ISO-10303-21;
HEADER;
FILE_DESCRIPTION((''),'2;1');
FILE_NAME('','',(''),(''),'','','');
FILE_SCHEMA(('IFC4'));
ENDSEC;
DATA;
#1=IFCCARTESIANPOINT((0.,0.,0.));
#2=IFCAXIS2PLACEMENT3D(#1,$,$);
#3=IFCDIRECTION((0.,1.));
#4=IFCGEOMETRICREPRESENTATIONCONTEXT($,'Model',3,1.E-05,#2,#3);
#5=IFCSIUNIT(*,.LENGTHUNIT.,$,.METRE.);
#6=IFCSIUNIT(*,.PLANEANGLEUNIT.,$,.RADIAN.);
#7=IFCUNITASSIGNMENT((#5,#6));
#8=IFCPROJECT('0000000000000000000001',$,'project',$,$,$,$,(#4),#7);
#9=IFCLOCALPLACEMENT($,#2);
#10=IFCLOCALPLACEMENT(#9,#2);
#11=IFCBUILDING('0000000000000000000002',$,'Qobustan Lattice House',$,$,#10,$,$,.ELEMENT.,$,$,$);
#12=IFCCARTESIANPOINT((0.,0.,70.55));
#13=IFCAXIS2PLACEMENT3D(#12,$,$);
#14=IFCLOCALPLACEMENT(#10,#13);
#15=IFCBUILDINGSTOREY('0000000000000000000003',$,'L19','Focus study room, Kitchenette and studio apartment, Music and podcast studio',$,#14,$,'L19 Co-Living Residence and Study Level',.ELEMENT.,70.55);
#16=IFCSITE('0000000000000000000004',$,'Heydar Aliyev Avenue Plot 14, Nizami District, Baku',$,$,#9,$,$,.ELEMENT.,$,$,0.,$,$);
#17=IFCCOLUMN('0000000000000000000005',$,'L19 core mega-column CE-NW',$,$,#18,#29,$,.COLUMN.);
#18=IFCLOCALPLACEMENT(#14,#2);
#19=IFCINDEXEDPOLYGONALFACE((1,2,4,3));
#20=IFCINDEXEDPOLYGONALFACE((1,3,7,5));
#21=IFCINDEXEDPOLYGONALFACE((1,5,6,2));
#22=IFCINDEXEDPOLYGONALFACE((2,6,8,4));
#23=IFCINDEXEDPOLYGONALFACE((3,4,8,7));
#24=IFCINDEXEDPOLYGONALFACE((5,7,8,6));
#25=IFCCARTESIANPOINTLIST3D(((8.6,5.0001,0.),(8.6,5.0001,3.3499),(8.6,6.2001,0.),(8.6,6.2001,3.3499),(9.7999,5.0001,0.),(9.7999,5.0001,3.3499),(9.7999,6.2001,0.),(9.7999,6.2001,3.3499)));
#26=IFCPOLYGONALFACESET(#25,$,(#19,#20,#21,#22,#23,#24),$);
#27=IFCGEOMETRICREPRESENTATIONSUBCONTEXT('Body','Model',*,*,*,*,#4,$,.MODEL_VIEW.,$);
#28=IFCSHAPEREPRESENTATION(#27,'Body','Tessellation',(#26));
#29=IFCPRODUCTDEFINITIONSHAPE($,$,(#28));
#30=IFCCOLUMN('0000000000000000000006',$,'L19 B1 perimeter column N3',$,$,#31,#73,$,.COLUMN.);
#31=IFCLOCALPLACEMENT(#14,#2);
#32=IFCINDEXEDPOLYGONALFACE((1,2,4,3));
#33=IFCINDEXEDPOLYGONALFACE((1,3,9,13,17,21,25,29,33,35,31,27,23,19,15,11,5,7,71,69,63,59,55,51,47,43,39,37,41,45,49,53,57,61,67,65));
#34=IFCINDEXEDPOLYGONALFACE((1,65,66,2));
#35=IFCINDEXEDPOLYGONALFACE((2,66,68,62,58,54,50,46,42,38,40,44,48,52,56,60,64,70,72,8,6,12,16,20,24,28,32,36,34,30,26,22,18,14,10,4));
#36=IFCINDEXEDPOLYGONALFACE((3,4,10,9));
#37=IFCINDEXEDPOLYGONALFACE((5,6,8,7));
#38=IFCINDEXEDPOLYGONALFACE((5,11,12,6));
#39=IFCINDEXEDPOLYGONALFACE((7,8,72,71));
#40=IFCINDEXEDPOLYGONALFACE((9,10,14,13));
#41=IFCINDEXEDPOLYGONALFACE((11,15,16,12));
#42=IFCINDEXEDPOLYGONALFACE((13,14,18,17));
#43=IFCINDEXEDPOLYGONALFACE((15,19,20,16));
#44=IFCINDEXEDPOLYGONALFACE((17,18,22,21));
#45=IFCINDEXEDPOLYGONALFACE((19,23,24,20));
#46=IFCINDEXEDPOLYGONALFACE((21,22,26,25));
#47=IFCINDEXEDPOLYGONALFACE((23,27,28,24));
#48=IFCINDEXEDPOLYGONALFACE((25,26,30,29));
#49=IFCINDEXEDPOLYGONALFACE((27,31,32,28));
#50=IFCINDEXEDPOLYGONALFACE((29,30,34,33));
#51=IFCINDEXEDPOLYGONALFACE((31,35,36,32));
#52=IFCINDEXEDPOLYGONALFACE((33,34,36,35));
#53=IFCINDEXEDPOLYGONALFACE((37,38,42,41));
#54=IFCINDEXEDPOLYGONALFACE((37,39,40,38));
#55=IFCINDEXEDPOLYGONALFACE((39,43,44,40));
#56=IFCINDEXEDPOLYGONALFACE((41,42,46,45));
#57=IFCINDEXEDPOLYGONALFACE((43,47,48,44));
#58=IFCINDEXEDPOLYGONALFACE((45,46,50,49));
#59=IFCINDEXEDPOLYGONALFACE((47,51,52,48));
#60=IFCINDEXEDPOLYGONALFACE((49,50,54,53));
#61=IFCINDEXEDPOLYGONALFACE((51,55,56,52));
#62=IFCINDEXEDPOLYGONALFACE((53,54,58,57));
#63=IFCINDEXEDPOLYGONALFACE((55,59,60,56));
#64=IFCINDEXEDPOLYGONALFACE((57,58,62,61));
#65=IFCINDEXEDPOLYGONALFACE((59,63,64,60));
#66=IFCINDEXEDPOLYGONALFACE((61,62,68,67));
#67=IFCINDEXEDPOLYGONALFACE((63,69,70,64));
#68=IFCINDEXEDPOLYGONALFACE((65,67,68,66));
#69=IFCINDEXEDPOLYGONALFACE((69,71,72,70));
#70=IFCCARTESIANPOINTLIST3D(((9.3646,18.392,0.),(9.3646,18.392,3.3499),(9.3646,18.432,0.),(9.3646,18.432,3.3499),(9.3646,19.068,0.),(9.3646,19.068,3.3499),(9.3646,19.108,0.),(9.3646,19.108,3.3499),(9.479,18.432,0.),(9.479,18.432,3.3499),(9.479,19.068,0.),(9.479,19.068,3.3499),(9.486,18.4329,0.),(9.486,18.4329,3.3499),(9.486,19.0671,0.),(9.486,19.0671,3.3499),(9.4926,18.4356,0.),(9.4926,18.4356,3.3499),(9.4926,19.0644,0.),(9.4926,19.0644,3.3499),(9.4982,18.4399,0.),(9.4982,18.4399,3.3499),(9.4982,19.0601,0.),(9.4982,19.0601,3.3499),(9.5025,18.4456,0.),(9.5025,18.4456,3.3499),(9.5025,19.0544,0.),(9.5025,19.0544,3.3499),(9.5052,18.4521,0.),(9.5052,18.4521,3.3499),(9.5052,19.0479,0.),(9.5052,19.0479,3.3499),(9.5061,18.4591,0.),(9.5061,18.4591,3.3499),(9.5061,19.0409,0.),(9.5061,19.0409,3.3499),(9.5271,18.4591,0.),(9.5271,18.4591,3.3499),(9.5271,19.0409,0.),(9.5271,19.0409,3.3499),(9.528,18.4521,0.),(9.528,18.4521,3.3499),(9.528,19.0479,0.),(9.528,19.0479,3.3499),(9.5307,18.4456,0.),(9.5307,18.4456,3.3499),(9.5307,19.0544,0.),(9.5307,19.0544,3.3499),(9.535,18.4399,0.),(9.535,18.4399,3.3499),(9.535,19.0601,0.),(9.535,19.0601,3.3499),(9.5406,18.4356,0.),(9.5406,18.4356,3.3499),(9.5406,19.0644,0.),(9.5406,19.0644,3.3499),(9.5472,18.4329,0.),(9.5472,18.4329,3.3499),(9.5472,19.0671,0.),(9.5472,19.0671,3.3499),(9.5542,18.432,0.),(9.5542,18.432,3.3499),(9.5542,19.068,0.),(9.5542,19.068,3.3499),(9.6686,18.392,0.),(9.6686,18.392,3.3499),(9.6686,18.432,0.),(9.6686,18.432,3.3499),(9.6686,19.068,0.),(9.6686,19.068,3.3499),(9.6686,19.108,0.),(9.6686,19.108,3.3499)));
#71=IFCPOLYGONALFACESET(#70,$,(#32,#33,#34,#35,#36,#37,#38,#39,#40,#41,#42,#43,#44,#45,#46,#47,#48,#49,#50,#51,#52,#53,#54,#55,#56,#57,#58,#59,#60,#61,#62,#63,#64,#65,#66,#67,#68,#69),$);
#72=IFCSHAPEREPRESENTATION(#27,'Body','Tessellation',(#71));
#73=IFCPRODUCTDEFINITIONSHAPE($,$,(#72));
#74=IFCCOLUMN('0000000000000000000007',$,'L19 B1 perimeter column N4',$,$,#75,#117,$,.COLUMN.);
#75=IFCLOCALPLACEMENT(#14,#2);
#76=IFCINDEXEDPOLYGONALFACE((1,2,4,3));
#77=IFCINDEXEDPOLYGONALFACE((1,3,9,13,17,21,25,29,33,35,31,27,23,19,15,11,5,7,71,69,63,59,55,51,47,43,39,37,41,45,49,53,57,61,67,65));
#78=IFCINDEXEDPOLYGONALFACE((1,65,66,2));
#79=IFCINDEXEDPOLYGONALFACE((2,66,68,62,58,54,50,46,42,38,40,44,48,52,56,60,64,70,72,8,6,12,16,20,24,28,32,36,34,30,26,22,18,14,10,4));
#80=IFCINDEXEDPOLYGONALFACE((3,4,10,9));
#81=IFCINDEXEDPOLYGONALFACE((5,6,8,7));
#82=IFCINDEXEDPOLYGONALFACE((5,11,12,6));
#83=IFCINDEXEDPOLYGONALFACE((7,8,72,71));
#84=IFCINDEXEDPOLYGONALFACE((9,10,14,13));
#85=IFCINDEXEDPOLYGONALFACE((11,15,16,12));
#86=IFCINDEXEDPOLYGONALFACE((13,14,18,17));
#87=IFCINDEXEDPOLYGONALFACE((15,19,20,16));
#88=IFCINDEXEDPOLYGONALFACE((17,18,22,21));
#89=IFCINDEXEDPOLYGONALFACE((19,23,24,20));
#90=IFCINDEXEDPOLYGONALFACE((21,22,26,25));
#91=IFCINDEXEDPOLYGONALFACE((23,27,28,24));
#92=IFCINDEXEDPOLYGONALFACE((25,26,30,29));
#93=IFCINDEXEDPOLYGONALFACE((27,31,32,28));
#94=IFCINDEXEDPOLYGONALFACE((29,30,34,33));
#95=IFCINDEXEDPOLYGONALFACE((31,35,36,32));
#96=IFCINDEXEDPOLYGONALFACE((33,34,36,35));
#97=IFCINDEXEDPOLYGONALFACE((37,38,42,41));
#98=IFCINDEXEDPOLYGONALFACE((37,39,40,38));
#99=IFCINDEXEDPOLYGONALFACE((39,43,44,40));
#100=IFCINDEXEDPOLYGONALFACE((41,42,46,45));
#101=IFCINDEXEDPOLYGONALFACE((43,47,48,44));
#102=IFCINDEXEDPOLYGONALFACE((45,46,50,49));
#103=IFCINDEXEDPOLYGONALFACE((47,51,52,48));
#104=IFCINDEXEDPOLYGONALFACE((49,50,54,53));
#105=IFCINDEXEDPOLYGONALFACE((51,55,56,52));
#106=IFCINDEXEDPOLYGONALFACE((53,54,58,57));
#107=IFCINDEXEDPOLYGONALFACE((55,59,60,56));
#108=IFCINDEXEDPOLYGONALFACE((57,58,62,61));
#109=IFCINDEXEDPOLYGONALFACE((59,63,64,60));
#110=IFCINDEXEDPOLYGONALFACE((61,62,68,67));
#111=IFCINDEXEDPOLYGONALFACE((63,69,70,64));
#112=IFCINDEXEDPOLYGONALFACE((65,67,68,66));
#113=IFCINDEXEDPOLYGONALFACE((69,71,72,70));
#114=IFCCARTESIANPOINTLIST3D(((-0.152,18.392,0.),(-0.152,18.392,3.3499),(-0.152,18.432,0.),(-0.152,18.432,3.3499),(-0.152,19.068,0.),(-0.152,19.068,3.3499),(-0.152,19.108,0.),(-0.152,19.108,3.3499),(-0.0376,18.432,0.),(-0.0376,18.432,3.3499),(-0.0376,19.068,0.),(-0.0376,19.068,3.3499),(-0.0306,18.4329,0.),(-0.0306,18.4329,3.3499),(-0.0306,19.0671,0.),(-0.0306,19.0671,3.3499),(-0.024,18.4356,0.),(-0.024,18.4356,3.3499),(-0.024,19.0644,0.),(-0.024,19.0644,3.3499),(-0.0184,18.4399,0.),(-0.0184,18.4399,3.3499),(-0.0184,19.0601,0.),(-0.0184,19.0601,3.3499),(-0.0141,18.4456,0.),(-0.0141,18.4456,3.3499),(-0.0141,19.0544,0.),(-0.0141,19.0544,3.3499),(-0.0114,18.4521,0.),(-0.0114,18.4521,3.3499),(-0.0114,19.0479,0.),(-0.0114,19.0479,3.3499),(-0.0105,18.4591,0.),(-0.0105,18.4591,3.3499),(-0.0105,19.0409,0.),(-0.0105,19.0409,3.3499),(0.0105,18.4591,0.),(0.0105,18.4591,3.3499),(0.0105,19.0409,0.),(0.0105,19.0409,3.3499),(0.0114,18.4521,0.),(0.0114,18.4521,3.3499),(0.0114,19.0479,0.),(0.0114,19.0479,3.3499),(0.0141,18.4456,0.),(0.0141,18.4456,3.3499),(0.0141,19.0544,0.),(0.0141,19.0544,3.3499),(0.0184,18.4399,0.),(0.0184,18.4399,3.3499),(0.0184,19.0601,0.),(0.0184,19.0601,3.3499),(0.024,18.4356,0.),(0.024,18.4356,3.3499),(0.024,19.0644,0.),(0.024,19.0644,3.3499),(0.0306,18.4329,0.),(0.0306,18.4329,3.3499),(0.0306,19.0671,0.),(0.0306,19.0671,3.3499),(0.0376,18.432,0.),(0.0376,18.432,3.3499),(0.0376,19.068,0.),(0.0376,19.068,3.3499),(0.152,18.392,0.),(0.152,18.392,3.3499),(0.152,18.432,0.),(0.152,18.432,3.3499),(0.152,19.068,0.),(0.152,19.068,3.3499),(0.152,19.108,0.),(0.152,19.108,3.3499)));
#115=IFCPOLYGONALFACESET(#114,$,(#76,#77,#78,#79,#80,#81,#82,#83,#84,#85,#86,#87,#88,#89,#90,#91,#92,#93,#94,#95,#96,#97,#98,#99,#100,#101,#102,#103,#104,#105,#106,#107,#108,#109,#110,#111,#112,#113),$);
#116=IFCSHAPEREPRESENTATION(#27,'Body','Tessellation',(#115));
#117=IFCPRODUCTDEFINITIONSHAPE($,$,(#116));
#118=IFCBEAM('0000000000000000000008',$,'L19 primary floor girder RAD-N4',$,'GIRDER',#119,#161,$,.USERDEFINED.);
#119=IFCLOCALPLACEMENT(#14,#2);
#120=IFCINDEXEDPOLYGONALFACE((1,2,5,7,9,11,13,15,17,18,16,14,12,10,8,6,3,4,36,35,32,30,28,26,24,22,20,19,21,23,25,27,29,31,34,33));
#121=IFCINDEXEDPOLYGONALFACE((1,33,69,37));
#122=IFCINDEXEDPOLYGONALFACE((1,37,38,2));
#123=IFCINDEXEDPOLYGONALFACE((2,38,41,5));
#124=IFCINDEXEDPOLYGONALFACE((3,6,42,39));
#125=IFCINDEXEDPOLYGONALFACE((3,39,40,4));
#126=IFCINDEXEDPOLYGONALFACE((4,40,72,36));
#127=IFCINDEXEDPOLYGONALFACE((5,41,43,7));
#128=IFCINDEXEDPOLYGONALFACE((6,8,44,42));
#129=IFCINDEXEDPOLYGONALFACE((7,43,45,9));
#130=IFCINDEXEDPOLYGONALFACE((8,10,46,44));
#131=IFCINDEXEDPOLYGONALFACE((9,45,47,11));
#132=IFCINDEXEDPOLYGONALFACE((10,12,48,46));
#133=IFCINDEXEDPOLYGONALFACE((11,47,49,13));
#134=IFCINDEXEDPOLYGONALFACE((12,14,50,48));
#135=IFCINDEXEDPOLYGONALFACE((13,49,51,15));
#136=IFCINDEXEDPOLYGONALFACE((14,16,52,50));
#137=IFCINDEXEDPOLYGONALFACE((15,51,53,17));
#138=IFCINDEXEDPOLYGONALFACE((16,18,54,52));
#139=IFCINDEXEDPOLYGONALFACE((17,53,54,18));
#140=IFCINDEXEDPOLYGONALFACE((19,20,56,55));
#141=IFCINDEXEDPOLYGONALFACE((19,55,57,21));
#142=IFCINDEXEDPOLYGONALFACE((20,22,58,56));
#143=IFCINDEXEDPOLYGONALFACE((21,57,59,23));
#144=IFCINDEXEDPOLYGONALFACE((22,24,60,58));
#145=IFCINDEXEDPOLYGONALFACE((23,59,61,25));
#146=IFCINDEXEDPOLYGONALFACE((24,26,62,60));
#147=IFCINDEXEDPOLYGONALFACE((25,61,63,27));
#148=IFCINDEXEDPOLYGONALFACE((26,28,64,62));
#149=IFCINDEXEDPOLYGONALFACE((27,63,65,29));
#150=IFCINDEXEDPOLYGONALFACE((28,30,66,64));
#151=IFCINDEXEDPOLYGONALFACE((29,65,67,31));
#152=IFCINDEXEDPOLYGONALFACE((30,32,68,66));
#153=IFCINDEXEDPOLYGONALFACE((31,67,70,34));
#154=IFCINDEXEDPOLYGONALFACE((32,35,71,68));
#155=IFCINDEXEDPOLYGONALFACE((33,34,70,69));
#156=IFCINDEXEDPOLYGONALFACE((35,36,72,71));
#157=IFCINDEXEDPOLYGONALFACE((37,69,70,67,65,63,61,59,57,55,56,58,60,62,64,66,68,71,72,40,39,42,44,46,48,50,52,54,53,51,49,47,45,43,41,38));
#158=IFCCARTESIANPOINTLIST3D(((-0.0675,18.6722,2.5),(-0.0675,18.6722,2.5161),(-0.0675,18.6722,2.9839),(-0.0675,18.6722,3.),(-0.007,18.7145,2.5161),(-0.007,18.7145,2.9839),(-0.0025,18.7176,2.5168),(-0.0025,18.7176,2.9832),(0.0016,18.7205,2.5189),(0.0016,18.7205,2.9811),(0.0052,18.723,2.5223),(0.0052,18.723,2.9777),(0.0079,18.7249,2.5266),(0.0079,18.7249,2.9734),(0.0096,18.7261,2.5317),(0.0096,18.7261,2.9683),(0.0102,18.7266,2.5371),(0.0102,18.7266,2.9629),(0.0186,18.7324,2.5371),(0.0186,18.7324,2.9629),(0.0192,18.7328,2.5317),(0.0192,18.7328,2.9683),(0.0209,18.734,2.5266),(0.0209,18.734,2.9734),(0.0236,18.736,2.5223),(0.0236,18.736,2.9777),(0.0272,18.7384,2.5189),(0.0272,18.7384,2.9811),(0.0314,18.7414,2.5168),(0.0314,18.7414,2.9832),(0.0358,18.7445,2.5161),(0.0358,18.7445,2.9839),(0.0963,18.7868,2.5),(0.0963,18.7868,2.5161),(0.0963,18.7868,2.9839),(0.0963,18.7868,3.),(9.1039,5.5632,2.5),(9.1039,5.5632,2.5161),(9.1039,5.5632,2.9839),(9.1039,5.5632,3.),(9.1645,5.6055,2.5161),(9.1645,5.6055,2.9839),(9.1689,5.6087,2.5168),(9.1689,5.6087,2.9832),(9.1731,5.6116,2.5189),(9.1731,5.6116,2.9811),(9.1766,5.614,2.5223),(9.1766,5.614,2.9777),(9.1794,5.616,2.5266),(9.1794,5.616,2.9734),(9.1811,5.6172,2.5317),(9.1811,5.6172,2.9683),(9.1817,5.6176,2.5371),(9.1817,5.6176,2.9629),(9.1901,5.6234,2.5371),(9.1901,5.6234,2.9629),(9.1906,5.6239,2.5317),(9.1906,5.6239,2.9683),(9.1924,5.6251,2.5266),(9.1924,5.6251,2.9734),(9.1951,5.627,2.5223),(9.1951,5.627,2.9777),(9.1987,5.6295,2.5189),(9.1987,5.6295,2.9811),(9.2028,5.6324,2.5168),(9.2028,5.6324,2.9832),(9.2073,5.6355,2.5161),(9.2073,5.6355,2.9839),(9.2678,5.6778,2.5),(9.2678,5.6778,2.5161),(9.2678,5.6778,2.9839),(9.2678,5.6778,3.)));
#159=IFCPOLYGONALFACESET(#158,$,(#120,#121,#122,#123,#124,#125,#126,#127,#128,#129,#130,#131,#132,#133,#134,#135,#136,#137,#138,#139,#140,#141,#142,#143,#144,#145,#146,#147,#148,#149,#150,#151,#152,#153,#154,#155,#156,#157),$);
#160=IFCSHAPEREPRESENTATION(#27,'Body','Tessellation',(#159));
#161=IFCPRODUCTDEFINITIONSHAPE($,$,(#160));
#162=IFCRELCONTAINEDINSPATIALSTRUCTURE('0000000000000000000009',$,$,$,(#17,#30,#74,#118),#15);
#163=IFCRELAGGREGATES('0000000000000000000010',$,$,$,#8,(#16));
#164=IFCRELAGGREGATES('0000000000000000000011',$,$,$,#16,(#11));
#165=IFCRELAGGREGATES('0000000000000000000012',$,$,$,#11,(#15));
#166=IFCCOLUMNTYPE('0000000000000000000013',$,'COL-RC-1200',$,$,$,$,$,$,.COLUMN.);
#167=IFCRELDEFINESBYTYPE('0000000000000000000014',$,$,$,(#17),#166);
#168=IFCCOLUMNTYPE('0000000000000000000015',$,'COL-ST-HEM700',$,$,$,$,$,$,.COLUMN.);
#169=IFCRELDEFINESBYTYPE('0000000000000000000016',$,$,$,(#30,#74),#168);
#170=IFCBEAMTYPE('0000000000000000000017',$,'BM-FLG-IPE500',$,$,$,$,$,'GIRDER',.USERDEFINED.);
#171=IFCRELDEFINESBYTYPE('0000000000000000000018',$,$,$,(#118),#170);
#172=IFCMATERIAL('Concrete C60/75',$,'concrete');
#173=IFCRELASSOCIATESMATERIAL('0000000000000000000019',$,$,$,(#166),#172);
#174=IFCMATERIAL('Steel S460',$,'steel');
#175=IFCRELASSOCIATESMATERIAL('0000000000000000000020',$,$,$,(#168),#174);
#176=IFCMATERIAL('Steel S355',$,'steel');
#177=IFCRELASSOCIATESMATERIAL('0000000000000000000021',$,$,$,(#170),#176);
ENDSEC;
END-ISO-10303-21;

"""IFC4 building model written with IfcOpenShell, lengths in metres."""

from ifc_helpers import new_model, si_unit, direction, frame, origin, origin_2d, place, context, subcontext, project, spatial, rectangle, i_section, extrude, material, material_profile, profile_set, type_object, element, save


model = new_model("IFC4")

# Units and contexts
model_context = context("Model", 3, precision=1e-05, world=origin(), true_north=direction((0.0, 1.0)))
body_context = subcontext(model_context, "Body", "Model", "MODEL_VIEW")
ifc_project = project(units=[si_unit("LENGTHUNIT", "METRE"), si_unit("PLANEANGLEUNIT", "RADIAN")], contexts=[model_context])

# Site, building, storey
site_placement = place(None, origin())
site = spatial("IfcSite", under=ifc_project, at=site_placement, Name="Heydar Aliyev Avenue Plot 14, Nizami District, Baku", CompositionType="ELEMENT", RefElevation=0.0)
building_placement = place(site_placement, origin())
building = spatial("IfcBuilding", under=site, at=building_placement, Name="Qobustan Lattice House", CompositionType="ELEMENT")
storey_placement = place(building_placement, frame((0.0, 0.0, 70.55)))
storey = spatial("IfcBuildingStorey", under=building, at=storey_placement, Name="L19", Description="Focus study room, Kitchenette and studio apartment, Music and podcast studio", LongName="L19 Co-Living Residence and Study Level", CompositionType="ELEMENT", Elevation=70.55)

# Columns
ifc_material_1 = material(Name="Concrete C60/75", Category="concrete")
ifc_material_profile_1 = material_profile(ifc_material_1, rectangle(XDim=1.2, YDim=1.2, at=origin_2d()), Name="RC1200x1200")
ifc_profile_set_1 = profile_set([ifc_material_profile_1], Name="Concrete C60/75")
column_type_1 = type_object("IfcColumnType", Name="COL-RC-1200", PredefinedType="COLUMN", material=ifc_profile_set_1)
column_placement = place(storey_placement, frame((9.2, 5.6001, 0.0), z_axis=(0.0, 0.0, 1.0), x_axis=(1.0, 0.0, 0.0)))
element("IfcColumn", 1, at=column_placement, inside=storey, type_object=column_type_1, Name="L19 core mega-column CE-NW", PredefinedType="COLUMN", context=body_context, shape_type="SweptSolid", body=[
    extrude(rectangle(XDim=1.2, YDim=1.2, at=origin_2d()), origin(), (0.0, 0.0, 1.0), 3.3499),
])
ifc_material_2 = material(Name="Steel S460", Category="steel")
ifc_material_profile_2 = material_profile(ifc_material_2, i_section(OverallWidth=0.304, OverallDepth=0.7161, WebThickness=0.021, FlangeThickness=0.04, FilletRadius=0.0271, at=origin_2d()), Name="HEM700")
ifc_profile_set_2 = profile_set([ifc_material_profile_2], Name="Steel S460")
column_type_2 = type_object("IfcColumnType", Name="COL-ST-HEM700", PredefinedType="COLUMN", material=ifc_profile_set_2)
for number, where, z_axis, x_axis, name in (
    (2, (9.5166, 18.75, 0.0), (0.0, 0.0, 1.0), (1.0, 0.0, 0.0), "L19 B1 perimeter column N3"),
    (3, (0.0, 18.75, 0.0), (0.0, 0.0, 1.0), (1.0, 0.0, 0.0), "L19 B1 perimeter column N4"),
):
    element("IfcColumn", number, at=place(storey_placement, frame(where, z_axis=z_axis, x_axis=x_axis)), inside=storey, type_object=column_type_2, Name=name, PredefinedType="COLUMN", context=body_context, shape_type="SweptSolid", body=[
        extrude(i_section(OverallWidth=0.304, OverallDepth=0.7161, WebThickness=0.021, FlangeThickness=0.04, FilletRadius=0.0271, at=origin_2d()), origin(), (0.0, 0.0, 1.0), 3.3499),
    ])

# Beam
ifc_material_3 = material(Name="Steel S355", Category="steel")
ifc_material_profile_3 = material_profile(ifc_material_3, i_section(OverallWidth=0.2, OverallDepth=0.5, WebThickness=0.0103, FlangeThickness=0.0161, FilletRadius=0.021, at=origin_2d()), Name="IPE500")
ifc_profile_set_3 = profile_set([ifc_material_profile_3], Name="Steel S355")
beam_type_1 = type_object("IfcBeamType", Name="BM-FLG-IPE500", ElementType="GIRDER", PredefinedType="USERDEFINED", material=ifc_profile_set_3)
beam_1_placement = place(storey_placement, frame((0.0144, 18.7295, 2.75), z_axis=(0.57326, -0.819374, 0.0), x_axis=(0.819374, 0.57326, 0.0)))
element("IfcBeam", 4, at=beam_1_placement, inside=storey, type_object=beam_type_1, Name="L19 primary floor girder RAD-N4", ObjectType="GIRDER", PredefinedType="USERDEFINED", context=body_context, shape_type="SweptSolid", body=[
    extrude(i_section(OverallWidth=0.2, OverallDepth=0.5, WebThickness=0.0103, FlangeThickness=0.0161, FilletRadius=0.021, at=origin_2d()), origin(), (0.0, 0.0, 1.0), 15.9988),
])

save(model, "model.ifc")
